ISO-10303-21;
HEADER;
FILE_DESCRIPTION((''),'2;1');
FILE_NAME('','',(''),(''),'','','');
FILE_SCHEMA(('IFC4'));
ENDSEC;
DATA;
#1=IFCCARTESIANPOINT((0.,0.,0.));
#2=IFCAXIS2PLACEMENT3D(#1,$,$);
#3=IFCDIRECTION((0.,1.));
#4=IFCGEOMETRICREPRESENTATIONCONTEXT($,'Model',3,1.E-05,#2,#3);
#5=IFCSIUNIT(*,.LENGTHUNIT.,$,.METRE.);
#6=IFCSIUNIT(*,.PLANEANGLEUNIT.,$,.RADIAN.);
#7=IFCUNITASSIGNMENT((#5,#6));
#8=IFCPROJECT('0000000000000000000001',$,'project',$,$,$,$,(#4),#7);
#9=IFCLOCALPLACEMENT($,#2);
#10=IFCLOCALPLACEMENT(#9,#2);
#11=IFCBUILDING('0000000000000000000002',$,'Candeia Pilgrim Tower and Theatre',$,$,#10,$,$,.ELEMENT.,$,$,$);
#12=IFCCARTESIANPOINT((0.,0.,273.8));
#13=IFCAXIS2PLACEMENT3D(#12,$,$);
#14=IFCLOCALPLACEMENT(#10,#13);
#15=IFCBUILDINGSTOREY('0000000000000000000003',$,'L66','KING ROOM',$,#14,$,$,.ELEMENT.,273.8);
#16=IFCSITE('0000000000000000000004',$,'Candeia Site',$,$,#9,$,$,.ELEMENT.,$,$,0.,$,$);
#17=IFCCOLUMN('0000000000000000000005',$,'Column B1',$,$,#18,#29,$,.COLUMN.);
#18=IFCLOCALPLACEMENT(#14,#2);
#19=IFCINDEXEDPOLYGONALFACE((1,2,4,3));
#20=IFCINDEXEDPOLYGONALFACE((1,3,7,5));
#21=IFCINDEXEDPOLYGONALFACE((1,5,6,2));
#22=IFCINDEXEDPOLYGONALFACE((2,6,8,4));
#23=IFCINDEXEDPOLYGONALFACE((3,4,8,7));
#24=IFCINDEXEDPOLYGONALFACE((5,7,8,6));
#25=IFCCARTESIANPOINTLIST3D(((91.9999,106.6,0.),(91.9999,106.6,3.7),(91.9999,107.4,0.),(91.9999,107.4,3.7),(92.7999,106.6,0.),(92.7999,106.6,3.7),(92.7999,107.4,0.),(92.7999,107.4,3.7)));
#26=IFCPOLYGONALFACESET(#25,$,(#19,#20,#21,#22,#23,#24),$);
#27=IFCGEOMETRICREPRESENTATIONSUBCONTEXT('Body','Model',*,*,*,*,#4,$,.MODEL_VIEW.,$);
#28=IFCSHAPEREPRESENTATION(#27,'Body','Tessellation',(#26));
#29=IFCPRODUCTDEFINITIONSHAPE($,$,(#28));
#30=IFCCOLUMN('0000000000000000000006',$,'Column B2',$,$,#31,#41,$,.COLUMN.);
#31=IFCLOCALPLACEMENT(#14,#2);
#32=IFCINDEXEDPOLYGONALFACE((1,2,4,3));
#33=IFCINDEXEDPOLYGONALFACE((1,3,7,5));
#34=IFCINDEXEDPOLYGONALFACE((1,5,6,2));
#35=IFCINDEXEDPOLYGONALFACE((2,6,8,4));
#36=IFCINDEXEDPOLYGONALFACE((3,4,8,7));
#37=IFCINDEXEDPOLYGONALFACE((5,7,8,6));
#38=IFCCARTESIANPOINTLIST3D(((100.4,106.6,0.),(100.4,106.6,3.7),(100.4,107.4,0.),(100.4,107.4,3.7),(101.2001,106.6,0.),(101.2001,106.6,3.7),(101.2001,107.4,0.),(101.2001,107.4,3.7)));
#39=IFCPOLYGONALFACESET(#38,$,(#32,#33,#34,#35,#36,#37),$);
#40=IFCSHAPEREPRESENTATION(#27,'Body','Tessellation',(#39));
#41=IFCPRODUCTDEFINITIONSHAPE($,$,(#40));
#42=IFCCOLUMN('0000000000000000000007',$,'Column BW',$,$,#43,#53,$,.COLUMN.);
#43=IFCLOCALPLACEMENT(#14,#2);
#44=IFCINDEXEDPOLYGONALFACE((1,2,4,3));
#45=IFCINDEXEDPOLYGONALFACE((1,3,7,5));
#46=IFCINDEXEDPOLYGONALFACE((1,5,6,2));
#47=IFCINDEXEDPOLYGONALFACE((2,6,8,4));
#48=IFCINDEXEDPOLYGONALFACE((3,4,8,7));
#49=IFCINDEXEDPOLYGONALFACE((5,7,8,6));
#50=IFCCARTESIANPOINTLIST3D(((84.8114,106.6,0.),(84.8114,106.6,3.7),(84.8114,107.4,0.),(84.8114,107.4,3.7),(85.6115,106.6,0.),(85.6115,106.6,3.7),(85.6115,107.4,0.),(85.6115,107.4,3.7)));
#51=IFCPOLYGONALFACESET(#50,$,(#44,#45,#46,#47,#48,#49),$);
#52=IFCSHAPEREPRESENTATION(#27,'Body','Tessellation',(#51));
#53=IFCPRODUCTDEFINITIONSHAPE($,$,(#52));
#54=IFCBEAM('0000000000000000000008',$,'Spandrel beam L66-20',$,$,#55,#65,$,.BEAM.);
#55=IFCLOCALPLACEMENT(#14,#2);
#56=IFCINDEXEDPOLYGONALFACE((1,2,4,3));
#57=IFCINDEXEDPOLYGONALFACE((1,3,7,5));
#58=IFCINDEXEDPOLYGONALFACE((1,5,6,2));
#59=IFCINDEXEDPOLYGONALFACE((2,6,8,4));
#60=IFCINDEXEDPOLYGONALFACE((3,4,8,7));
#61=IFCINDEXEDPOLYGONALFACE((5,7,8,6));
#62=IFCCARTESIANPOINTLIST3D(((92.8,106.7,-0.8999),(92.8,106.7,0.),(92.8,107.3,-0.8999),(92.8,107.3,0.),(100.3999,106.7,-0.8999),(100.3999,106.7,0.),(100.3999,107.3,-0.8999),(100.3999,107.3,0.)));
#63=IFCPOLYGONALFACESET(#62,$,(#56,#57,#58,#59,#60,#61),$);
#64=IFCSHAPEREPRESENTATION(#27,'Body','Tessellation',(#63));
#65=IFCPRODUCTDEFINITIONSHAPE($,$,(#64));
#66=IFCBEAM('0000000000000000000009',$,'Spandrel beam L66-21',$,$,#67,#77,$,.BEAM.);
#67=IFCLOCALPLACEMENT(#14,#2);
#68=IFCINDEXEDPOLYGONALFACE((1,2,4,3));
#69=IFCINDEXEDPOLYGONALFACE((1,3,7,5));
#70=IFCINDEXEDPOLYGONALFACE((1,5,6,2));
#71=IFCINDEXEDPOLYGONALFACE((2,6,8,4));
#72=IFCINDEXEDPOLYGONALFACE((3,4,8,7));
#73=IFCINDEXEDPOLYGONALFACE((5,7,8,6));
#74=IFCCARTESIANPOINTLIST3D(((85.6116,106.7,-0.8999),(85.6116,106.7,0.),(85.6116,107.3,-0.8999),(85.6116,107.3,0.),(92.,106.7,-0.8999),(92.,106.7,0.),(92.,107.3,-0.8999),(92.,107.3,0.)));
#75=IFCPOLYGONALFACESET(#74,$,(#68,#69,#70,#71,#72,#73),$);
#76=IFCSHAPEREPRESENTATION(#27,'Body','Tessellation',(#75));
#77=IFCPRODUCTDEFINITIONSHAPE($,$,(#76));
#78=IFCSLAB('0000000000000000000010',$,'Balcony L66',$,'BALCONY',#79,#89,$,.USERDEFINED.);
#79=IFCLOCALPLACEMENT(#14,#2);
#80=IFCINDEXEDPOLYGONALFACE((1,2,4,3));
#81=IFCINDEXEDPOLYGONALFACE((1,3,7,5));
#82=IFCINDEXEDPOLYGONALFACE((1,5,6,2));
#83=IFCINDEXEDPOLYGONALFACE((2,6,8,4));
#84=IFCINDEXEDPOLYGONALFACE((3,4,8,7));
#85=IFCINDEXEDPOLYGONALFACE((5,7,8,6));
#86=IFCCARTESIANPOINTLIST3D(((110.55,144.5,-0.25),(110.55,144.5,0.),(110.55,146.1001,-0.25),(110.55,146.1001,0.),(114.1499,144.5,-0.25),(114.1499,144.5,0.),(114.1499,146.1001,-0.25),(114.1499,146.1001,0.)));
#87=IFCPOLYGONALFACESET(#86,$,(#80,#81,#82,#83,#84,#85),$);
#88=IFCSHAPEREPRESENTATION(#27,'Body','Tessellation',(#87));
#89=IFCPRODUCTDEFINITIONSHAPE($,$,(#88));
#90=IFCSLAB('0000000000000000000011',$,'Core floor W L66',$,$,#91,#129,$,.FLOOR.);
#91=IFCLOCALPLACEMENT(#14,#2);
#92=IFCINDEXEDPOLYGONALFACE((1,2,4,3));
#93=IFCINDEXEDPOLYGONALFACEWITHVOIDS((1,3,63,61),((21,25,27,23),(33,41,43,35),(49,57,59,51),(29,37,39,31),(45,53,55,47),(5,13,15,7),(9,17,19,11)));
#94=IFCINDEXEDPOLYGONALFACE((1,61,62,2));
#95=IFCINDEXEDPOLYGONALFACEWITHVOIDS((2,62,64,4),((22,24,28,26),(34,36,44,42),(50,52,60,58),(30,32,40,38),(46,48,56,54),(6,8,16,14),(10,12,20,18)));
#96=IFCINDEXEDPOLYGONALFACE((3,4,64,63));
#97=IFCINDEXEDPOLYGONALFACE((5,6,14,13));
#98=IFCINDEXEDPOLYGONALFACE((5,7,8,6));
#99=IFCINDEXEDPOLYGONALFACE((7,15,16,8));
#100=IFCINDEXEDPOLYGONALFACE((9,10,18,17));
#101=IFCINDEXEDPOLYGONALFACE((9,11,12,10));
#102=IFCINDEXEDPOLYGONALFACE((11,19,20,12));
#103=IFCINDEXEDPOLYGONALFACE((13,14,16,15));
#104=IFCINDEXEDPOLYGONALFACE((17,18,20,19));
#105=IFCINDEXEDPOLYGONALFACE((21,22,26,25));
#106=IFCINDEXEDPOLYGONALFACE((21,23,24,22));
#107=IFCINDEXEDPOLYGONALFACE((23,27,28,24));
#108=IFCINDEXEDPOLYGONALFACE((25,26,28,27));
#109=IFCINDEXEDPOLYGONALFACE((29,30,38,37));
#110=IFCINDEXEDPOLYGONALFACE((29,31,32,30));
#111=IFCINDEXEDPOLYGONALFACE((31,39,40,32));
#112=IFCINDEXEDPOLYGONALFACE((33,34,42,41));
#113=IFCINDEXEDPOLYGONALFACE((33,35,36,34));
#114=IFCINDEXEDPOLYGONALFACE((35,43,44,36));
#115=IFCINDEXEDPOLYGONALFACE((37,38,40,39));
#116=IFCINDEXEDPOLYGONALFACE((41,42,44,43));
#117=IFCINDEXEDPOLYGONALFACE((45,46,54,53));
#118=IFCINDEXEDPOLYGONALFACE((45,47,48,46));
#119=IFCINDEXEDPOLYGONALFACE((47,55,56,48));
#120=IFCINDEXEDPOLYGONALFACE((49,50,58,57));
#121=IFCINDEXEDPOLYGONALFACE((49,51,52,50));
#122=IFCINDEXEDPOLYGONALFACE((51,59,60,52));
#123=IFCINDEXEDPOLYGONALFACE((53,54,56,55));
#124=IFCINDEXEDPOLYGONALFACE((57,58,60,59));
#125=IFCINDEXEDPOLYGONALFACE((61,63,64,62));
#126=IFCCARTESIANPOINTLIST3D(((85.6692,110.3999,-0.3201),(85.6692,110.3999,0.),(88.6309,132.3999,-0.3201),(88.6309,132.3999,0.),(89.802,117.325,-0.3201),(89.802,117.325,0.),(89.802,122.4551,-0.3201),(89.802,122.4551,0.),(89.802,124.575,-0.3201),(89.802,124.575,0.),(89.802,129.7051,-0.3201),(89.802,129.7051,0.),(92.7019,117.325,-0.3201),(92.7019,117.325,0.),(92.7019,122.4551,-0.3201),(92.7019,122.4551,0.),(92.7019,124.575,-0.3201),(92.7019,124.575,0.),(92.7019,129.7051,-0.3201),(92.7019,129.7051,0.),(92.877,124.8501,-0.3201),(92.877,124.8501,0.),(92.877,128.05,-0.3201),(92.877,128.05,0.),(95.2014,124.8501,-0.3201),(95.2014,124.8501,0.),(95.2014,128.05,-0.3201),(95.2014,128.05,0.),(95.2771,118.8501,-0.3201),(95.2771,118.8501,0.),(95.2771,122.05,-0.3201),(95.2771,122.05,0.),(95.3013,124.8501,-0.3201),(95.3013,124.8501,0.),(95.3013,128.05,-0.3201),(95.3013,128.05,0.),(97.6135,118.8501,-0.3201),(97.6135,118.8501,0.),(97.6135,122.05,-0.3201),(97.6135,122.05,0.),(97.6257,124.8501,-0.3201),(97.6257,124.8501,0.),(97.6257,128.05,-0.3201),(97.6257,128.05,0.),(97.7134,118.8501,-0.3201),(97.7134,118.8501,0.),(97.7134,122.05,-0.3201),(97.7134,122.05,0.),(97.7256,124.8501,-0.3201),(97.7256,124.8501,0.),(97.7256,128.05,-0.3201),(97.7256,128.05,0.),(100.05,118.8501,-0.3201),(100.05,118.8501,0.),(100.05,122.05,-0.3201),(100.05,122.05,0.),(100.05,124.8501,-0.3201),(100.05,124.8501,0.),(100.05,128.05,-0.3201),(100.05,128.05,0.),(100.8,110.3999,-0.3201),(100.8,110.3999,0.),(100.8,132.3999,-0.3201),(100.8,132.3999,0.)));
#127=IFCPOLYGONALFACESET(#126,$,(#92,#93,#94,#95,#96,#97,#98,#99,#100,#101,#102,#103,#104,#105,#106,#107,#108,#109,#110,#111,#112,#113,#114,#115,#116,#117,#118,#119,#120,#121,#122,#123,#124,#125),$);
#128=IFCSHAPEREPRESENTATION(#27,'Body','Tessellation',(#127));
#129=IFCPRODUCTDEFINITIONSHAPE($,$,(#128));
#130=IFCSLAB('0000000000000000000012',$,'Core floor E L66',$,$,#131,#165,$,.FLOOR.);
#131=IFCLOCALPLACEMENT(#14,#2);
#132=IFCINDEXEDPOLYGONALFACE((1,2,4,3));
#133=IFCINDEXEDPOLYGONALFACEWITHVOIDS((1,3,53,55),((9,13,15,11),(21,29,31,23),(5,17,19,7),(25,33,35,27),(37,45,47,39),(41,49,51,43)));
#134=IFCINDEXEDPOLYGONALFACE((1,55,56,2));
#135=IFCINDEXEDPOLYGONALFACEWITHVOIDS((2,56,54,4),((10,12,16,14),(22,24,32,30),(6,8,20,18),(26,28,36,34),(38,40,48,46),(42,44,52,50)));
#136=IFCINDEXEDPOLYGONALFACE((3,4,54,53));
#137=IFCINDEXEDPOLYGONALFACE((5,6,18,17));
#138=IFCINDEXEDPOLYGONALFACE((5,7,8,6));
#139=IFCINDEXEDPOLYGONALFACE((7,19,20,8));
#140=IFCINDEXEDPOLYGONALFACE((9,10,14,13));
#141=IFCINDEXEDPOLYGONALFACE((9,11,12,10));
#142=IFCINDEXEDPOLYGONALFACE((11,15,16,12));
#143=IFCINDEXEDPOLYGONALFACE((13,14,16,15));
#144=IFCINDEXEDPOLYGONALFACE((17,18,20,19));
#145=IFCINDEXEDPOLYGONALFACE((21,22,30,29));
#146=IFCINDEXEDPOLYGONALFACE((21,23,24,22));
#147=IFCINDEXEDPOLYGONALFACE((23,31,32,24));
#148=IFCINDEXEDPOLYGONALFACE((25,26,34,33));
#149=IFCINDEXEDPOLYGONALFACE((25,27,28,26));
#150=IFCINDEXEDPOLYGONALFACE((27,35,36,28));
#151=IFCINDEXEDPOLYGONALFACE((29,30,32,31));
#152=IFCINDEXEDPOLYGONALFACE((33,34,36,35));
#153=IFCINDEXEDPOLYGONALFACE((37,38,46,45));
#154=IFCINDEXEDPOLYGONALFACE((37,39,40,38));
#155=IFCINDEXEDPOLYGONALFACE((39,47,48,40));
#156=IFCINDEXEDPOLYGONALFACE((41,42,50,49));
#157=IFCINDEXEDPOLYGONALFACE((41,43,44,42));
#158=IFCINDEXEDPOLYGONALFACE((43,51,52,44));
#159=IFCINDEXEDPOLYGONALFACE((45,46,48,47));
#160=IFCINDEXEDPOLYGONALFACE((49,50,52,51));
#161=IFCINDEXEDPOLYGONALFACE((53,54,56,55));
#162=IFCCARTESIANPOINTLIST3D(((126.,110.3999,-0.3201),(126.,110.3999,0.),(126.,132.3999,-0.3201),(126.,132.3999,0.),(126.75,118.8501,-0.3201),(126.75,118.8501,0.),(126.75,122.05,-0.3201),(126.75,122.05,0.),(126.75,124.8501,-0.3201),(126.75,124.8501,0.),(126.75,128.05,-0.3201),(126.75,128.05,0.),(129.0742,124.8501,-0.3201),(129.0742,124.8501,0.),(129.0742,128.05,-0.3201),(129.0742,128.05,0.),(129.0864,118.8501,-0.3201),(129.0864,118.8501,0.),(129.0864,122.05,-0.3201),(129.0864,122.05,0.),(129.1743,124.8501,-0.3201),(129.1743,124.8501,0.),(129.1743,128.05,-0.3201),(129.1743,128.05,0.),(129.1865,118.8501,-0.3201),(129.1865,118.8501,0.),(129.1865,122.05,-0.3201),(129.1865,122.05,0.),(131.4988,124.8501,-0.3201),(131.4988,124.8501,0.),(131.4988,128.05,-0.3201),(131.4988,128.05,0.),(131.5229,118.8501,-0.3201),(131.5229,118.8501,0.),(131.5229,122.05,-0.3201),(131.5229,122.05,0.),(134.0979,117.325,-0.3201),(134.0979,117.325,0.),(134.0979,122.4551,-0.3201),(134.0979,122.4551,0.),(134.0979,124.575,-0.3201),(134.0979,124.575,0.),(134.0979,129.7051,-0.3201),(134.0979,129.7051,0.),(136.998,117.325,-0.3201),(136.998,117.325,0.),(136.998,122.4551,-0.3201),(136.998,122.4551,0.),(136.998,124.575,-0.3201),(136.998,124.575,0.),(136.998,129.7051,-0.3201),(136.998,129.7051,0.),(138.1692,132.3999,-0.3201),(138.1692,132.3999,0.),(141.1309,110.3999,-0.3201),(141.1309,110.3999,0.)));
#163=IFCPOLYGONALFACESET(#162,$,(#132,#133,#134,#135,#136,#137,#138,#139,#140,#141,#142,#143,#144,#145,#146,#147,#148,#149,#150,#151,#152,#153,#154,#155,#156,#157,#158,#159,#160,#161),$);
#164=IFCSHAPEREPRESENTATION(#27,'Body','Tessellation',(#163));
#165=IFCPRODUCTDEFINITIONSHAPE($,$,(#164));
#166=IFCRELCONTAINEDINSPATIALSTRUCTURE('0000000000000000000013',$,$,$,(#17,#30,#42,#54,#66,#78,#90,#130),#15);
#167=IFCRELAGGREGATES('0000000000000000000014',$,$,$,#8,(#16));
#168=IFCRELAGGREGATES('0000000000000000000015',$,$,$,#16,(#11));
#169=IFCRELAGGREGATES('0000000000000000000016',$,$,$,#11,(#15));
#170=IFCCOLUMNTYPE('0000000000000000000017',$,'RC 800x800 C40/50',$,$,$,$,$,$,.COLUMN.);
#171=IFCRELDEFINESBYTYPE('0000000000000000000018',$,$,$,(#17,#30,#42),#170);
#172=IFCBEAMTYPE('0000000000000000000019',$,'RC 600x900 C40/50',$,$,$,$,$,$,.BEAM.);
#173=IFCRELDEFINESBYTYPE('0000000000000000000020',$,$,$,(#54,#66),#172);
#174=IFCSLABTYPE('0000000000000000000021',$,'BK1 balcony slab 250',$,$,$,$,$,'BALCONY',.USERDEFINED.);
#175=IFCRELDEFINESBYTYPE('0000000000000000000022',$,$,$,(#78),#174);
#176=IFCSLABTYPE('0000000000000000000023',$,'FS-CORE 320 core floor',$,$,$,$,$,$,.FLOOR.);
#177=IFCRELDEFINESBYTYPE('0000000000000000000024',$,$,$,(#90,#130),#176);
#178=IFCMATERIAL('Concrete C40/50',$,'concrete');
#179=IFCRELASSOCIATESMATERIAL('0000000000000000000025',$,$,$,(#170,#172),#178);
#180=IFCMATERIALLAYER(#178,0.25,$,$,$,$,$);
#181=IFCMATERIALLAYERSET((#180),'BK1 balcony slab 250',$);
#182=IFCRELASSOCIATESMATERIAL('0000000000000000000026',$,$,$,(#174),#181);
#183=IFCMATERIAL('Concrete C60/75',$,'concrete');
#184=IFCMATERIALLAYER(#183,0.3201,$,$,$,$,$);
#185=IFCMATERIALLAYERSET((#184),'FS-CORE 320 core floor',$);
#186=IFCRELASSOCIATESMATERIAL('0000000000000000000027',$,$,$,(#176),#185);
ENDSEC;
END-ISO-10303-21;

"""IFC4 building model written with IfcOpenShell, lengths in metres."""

from ifc_helpers import new_model, si_unit, direction, frame, origin, origin_2d, place, context, subcontext, project, spatial, polyline, rectangle, outline, extrude, material, layer, layer_set, material_profile, profile_set, type_object, element, save


model = new_model("IFC4")

# Units and contexts
model_context = context("Model", 3, precision=1e-05, world=origin(), true_north=direction((0.0, 1.0)))
body_context = subcontext(model_context, "Body", "Model", "MODEL_VIEW")
ifc_project = project(units=[si_unit("LENGTHUNIT", "METRE"), si_unit("PLANEANGLEUNIT", "RADIAN")], contexts=[model_context])

# Site, building, storey
site_placement = place(None, origin())
site = spatial("IfcSite", under=ifc_project, at=site_placement, Name="Candeia Site", CompositionType="ELEMENT", RefElevation=0.0)
building_placement = place(site_placement, origin())
building = spatial("IfcBuilding", under=site, at=building_placement, Name="Candeia Pilgrim Tower and Theatre", CompositionType="ELEMENT")
storey_placement = place(building_placement, frame((0.0, 0.0, 273.8)))
storey = spatial("IfcBuildingStorey", under=building, at=storey_placement, Name="L66", Description="KING ROOM", CompositionType="ELEMENT", Elevation=273.8)

# Columns
ifc_material_1 = material(Name="Concrete C40/50", Category="concrete")
ifc_material_profile_1 = material_profile(ifc_material_1, rectangle(XDim=0.8, YDim=0.8, at=origin_2d()))
ifc_profile_set_1 = profile_set([ifc_material_profile_1], Name="Concrete C40/50")
column_type = type_object("IfcColumnType", Name="RC 800x800 C40/50", PredefinedType="COLUMN", material=ifc_profile_set_1)
for number, where, z_axis, x_axis, name in (
    (1, (92.3999, 107.0, 0.0), (0.0, 0.0, 1.0), (1.0, 0.0, 0.0), "Column B1"),
    (2, (100.8, 107.0, 0.0), (0.0, 0.0, 1.0), (1.0, 0.0, 0.0), "Column B2"),
    (3, (85.2114, 107.0, 0.0), (0.0, 0.0, 1.0), (1.0, 0.0, 0.0), "Column BW"),
):
    element("IfcColumn", number, at=place(storey_placement, frame(where, z_axis=z_axis, x_axis=x_axis)), inside=storey, type_object=column_type, Name=name, PredefinedType="COLUMN", context=body_context, shape_type="SweptSolid", body=[
        extrude(rectangle(XDim=0.8, YDim=0.8, at=origin_2d()), origin(), (0.0, 0.0, 1.0), 3.7),
    ])

# Beams
ifc_material_profile_2 = material_profile(ifc_material_1, rectangle(XDim=0.6001, YDim=0.8999, at=origin_2d()))
ifc_profile_set_2 = profile_set([ifc_material_profile_2], Name="Concrete C40/50")
beam_type = type_object("IfcBeamType", Name="RC 600x900 C40/50", PredefinedType="BEAM", material=ifc_profile_set_2)
beam_1_placement = place(storey_placement, frame((100.3999, 107.0, -0.45), z_axis=(-1.0, 0.0, 0.0), x_axis=(0.0, -1.0, 0.0)))
element("IfcBeam", 4, at=beam_1_placement, inside=storey, type_object=beam_type, Name="Spandrel beam L66-20", PredefinedType="BEAM", context=body_context, shape_type="SweptSolid", body=[
    extrude(rectangle(XDim=0.6001, YDim=0.8999, at=origin_2d()), origin(), (0.0, 0.0, 1.0), 7.5999),
])
beam_2_placement = place(storey_placement, frame((92.0, 107.0, -0.45), z_axis=(-1.0, 0.0, 0.0), x_axis=(0.0, -1.0, 0.0)))
element("IfcBeam", 5, at=beam_2_placement, inside=storey, type_object=beam_type, Name="Spandrel beam L66-21", PredefinedType="BEAM", context=body_context, shape_type="SweptSolid", body=[
    extrude(rectangle(XDim=0.6001, YDim=0.8999, at=origin_2d()), origin(), (0.0, 0.0, 1.0), 6.3884),
])

# Slabs
ifc_layer_1 = layer(ifc_material_1, 0.25)
ifc_layer_set_1 = layer_set([ifc_layer_1], Name="BK1 balcony slab 250")
slab_type_1 = type_object("IfcSlabType", Name="BK1 balcony slab 250", ElementType="BALCONY", PredefinedType="USERDEFINED", material=ifc_layer_set_1)
slab_1_placement = place(storey_placement, frame((0.0, 0.0, -0.25)))
element("IfcSlab", 6, at=slab_1_placement, inside=storey, type_object=slab_type_1, Name="Balcony L66", ObjectType="BALCONY", PredefinedType="USERDEFINED", context=body_context, shape_type="SweptSolid", body=[
    extrude(outline(polyline([(110.55, 144.5), (114.1499, 144.5), (114.1499, 146.1001), (110.55, 146.1001), (110.55, 144.5)])), origin(), (0.0, 0.0, 1.0), 0.25),
])
ifc_material_2 = material(Name="Concrete C60/75", Category="concrete")
ifc_layer_2 = layer(ifc_material_2, 0.3201)
ifc_layer_set_2 = layer_set([ifc_layer_2], Name="FS-CORE 320 core floor")
slab_type_2 = type_object("IfcSlabType", Name="FS-CORE 320 core floor", PredefinedType="FLOOR", material=ifc_layer_set_2)
slab_2_placement = place(storey_placement, frame((0.0, 0.0, -0.3201)))
element("IfcSlab", 7, at=slab_2_placement, inside=storey, type_object=slab_type_2, Name="Core floor W L66", PredefinedType="FLOOR", context=body_context, shape_type="SweptSolid", body=[
    extrude(outline(polyline([(100.8, 132.3999), (100.8, 110.3999), (85.6692, 110.3999), (88.6309, 132.3999), (100.8, 132.3999)]), holes=[polyline([(97.7134, 122.05), (97.7134, 118.8501), (100.05, 118.8501), (100.05, 122.05), (97.7134, 122.05)]), polyline([(97.7256, 128.05), (97.7256, 124.8501), (100.05, 124.8501), (100.05, 128.05), (97.7256, 128.05)]), polyline([(95.3013, 128.05), (95.3013, 124.8501), (97.6257, 124.8501), (97.6257, 128.05), (95.3013, 128.05)]), polyline([(95.2771, 122.05), (95.2771, 118.8501), (97.6135, 118.8501), (97.6135, 122.05), (95.2771, 122.05)]), polyline([(92.877, 128.05), (92.877, 124.8501), (95.2014, 124.8501), (95.2014, 128.05), (92.877, 128.05)]), polyline([(89.802, 117.325), (92.7019, 117.325), (92.7019, 122.4551), (89.802, 122.4551), (89.802, 117.325)]), polyline([(89.802, 129.7051), (89.802, 124.575), (92.7019, 124.575), (92.7019, 129.7051), (89.802, 129.7051)])]), origin(), (0.0, 0.0, 1.0), 0.3201),
])
slab_3_placement = place(storey_placement, frame((0.0, 0.0, -0.3201)))
element("IfcSlab", 8, at=slab_3_placement, inside=storey, type_object=slab_type_2, Name="Core floor E L66", PredefinedType="FLOOR", context=body_context, shape_type="SweptSolid", body=[
    extrude(outline(polyline([(138.1692, 132.3999), (141.1309, 110.3999), (126.0, 110.3999), (126.0, 132.3999), (138.1692, 132.3999)]), holes=[polyline([(134.0979, 117.325), (136.998, 117.325), (136.998, 122.4551), (134.0979, 122.4551), (134.0979, 117.325)]), polyline([(134.0979, 129.7051), (134.0979, 124.575), (136.998, 124.575), (136.998, 129.7051), (134.0979, 129.7051)]), polyline([(131.5229, 122.05), (129.1865, 122.05), (129.1865, 118.8501), (131.5229, 118.8501), (131.5229, 122.05)]), polyline([(131.4988, 128.05), (129.1743, 128.05), (129.1743, 124.8501), (131.4988, 124.8501), (131.4988, 128.05)]), polyline([(129.0864, 122.05), (126.75, 122.05), (126.75, 118.8501), (129.0864, 118.8501), (129.0864, 122.05)]), polyline([(126.75, 128.05), (126.75, 124.8501), (129.0742, 124.8501), (129.0742, 128.05), (126.75, 128.05)])]), origin(), (0.0, 0.0, 1.0), 0.3201),
])

save(model, "model.ifc")
